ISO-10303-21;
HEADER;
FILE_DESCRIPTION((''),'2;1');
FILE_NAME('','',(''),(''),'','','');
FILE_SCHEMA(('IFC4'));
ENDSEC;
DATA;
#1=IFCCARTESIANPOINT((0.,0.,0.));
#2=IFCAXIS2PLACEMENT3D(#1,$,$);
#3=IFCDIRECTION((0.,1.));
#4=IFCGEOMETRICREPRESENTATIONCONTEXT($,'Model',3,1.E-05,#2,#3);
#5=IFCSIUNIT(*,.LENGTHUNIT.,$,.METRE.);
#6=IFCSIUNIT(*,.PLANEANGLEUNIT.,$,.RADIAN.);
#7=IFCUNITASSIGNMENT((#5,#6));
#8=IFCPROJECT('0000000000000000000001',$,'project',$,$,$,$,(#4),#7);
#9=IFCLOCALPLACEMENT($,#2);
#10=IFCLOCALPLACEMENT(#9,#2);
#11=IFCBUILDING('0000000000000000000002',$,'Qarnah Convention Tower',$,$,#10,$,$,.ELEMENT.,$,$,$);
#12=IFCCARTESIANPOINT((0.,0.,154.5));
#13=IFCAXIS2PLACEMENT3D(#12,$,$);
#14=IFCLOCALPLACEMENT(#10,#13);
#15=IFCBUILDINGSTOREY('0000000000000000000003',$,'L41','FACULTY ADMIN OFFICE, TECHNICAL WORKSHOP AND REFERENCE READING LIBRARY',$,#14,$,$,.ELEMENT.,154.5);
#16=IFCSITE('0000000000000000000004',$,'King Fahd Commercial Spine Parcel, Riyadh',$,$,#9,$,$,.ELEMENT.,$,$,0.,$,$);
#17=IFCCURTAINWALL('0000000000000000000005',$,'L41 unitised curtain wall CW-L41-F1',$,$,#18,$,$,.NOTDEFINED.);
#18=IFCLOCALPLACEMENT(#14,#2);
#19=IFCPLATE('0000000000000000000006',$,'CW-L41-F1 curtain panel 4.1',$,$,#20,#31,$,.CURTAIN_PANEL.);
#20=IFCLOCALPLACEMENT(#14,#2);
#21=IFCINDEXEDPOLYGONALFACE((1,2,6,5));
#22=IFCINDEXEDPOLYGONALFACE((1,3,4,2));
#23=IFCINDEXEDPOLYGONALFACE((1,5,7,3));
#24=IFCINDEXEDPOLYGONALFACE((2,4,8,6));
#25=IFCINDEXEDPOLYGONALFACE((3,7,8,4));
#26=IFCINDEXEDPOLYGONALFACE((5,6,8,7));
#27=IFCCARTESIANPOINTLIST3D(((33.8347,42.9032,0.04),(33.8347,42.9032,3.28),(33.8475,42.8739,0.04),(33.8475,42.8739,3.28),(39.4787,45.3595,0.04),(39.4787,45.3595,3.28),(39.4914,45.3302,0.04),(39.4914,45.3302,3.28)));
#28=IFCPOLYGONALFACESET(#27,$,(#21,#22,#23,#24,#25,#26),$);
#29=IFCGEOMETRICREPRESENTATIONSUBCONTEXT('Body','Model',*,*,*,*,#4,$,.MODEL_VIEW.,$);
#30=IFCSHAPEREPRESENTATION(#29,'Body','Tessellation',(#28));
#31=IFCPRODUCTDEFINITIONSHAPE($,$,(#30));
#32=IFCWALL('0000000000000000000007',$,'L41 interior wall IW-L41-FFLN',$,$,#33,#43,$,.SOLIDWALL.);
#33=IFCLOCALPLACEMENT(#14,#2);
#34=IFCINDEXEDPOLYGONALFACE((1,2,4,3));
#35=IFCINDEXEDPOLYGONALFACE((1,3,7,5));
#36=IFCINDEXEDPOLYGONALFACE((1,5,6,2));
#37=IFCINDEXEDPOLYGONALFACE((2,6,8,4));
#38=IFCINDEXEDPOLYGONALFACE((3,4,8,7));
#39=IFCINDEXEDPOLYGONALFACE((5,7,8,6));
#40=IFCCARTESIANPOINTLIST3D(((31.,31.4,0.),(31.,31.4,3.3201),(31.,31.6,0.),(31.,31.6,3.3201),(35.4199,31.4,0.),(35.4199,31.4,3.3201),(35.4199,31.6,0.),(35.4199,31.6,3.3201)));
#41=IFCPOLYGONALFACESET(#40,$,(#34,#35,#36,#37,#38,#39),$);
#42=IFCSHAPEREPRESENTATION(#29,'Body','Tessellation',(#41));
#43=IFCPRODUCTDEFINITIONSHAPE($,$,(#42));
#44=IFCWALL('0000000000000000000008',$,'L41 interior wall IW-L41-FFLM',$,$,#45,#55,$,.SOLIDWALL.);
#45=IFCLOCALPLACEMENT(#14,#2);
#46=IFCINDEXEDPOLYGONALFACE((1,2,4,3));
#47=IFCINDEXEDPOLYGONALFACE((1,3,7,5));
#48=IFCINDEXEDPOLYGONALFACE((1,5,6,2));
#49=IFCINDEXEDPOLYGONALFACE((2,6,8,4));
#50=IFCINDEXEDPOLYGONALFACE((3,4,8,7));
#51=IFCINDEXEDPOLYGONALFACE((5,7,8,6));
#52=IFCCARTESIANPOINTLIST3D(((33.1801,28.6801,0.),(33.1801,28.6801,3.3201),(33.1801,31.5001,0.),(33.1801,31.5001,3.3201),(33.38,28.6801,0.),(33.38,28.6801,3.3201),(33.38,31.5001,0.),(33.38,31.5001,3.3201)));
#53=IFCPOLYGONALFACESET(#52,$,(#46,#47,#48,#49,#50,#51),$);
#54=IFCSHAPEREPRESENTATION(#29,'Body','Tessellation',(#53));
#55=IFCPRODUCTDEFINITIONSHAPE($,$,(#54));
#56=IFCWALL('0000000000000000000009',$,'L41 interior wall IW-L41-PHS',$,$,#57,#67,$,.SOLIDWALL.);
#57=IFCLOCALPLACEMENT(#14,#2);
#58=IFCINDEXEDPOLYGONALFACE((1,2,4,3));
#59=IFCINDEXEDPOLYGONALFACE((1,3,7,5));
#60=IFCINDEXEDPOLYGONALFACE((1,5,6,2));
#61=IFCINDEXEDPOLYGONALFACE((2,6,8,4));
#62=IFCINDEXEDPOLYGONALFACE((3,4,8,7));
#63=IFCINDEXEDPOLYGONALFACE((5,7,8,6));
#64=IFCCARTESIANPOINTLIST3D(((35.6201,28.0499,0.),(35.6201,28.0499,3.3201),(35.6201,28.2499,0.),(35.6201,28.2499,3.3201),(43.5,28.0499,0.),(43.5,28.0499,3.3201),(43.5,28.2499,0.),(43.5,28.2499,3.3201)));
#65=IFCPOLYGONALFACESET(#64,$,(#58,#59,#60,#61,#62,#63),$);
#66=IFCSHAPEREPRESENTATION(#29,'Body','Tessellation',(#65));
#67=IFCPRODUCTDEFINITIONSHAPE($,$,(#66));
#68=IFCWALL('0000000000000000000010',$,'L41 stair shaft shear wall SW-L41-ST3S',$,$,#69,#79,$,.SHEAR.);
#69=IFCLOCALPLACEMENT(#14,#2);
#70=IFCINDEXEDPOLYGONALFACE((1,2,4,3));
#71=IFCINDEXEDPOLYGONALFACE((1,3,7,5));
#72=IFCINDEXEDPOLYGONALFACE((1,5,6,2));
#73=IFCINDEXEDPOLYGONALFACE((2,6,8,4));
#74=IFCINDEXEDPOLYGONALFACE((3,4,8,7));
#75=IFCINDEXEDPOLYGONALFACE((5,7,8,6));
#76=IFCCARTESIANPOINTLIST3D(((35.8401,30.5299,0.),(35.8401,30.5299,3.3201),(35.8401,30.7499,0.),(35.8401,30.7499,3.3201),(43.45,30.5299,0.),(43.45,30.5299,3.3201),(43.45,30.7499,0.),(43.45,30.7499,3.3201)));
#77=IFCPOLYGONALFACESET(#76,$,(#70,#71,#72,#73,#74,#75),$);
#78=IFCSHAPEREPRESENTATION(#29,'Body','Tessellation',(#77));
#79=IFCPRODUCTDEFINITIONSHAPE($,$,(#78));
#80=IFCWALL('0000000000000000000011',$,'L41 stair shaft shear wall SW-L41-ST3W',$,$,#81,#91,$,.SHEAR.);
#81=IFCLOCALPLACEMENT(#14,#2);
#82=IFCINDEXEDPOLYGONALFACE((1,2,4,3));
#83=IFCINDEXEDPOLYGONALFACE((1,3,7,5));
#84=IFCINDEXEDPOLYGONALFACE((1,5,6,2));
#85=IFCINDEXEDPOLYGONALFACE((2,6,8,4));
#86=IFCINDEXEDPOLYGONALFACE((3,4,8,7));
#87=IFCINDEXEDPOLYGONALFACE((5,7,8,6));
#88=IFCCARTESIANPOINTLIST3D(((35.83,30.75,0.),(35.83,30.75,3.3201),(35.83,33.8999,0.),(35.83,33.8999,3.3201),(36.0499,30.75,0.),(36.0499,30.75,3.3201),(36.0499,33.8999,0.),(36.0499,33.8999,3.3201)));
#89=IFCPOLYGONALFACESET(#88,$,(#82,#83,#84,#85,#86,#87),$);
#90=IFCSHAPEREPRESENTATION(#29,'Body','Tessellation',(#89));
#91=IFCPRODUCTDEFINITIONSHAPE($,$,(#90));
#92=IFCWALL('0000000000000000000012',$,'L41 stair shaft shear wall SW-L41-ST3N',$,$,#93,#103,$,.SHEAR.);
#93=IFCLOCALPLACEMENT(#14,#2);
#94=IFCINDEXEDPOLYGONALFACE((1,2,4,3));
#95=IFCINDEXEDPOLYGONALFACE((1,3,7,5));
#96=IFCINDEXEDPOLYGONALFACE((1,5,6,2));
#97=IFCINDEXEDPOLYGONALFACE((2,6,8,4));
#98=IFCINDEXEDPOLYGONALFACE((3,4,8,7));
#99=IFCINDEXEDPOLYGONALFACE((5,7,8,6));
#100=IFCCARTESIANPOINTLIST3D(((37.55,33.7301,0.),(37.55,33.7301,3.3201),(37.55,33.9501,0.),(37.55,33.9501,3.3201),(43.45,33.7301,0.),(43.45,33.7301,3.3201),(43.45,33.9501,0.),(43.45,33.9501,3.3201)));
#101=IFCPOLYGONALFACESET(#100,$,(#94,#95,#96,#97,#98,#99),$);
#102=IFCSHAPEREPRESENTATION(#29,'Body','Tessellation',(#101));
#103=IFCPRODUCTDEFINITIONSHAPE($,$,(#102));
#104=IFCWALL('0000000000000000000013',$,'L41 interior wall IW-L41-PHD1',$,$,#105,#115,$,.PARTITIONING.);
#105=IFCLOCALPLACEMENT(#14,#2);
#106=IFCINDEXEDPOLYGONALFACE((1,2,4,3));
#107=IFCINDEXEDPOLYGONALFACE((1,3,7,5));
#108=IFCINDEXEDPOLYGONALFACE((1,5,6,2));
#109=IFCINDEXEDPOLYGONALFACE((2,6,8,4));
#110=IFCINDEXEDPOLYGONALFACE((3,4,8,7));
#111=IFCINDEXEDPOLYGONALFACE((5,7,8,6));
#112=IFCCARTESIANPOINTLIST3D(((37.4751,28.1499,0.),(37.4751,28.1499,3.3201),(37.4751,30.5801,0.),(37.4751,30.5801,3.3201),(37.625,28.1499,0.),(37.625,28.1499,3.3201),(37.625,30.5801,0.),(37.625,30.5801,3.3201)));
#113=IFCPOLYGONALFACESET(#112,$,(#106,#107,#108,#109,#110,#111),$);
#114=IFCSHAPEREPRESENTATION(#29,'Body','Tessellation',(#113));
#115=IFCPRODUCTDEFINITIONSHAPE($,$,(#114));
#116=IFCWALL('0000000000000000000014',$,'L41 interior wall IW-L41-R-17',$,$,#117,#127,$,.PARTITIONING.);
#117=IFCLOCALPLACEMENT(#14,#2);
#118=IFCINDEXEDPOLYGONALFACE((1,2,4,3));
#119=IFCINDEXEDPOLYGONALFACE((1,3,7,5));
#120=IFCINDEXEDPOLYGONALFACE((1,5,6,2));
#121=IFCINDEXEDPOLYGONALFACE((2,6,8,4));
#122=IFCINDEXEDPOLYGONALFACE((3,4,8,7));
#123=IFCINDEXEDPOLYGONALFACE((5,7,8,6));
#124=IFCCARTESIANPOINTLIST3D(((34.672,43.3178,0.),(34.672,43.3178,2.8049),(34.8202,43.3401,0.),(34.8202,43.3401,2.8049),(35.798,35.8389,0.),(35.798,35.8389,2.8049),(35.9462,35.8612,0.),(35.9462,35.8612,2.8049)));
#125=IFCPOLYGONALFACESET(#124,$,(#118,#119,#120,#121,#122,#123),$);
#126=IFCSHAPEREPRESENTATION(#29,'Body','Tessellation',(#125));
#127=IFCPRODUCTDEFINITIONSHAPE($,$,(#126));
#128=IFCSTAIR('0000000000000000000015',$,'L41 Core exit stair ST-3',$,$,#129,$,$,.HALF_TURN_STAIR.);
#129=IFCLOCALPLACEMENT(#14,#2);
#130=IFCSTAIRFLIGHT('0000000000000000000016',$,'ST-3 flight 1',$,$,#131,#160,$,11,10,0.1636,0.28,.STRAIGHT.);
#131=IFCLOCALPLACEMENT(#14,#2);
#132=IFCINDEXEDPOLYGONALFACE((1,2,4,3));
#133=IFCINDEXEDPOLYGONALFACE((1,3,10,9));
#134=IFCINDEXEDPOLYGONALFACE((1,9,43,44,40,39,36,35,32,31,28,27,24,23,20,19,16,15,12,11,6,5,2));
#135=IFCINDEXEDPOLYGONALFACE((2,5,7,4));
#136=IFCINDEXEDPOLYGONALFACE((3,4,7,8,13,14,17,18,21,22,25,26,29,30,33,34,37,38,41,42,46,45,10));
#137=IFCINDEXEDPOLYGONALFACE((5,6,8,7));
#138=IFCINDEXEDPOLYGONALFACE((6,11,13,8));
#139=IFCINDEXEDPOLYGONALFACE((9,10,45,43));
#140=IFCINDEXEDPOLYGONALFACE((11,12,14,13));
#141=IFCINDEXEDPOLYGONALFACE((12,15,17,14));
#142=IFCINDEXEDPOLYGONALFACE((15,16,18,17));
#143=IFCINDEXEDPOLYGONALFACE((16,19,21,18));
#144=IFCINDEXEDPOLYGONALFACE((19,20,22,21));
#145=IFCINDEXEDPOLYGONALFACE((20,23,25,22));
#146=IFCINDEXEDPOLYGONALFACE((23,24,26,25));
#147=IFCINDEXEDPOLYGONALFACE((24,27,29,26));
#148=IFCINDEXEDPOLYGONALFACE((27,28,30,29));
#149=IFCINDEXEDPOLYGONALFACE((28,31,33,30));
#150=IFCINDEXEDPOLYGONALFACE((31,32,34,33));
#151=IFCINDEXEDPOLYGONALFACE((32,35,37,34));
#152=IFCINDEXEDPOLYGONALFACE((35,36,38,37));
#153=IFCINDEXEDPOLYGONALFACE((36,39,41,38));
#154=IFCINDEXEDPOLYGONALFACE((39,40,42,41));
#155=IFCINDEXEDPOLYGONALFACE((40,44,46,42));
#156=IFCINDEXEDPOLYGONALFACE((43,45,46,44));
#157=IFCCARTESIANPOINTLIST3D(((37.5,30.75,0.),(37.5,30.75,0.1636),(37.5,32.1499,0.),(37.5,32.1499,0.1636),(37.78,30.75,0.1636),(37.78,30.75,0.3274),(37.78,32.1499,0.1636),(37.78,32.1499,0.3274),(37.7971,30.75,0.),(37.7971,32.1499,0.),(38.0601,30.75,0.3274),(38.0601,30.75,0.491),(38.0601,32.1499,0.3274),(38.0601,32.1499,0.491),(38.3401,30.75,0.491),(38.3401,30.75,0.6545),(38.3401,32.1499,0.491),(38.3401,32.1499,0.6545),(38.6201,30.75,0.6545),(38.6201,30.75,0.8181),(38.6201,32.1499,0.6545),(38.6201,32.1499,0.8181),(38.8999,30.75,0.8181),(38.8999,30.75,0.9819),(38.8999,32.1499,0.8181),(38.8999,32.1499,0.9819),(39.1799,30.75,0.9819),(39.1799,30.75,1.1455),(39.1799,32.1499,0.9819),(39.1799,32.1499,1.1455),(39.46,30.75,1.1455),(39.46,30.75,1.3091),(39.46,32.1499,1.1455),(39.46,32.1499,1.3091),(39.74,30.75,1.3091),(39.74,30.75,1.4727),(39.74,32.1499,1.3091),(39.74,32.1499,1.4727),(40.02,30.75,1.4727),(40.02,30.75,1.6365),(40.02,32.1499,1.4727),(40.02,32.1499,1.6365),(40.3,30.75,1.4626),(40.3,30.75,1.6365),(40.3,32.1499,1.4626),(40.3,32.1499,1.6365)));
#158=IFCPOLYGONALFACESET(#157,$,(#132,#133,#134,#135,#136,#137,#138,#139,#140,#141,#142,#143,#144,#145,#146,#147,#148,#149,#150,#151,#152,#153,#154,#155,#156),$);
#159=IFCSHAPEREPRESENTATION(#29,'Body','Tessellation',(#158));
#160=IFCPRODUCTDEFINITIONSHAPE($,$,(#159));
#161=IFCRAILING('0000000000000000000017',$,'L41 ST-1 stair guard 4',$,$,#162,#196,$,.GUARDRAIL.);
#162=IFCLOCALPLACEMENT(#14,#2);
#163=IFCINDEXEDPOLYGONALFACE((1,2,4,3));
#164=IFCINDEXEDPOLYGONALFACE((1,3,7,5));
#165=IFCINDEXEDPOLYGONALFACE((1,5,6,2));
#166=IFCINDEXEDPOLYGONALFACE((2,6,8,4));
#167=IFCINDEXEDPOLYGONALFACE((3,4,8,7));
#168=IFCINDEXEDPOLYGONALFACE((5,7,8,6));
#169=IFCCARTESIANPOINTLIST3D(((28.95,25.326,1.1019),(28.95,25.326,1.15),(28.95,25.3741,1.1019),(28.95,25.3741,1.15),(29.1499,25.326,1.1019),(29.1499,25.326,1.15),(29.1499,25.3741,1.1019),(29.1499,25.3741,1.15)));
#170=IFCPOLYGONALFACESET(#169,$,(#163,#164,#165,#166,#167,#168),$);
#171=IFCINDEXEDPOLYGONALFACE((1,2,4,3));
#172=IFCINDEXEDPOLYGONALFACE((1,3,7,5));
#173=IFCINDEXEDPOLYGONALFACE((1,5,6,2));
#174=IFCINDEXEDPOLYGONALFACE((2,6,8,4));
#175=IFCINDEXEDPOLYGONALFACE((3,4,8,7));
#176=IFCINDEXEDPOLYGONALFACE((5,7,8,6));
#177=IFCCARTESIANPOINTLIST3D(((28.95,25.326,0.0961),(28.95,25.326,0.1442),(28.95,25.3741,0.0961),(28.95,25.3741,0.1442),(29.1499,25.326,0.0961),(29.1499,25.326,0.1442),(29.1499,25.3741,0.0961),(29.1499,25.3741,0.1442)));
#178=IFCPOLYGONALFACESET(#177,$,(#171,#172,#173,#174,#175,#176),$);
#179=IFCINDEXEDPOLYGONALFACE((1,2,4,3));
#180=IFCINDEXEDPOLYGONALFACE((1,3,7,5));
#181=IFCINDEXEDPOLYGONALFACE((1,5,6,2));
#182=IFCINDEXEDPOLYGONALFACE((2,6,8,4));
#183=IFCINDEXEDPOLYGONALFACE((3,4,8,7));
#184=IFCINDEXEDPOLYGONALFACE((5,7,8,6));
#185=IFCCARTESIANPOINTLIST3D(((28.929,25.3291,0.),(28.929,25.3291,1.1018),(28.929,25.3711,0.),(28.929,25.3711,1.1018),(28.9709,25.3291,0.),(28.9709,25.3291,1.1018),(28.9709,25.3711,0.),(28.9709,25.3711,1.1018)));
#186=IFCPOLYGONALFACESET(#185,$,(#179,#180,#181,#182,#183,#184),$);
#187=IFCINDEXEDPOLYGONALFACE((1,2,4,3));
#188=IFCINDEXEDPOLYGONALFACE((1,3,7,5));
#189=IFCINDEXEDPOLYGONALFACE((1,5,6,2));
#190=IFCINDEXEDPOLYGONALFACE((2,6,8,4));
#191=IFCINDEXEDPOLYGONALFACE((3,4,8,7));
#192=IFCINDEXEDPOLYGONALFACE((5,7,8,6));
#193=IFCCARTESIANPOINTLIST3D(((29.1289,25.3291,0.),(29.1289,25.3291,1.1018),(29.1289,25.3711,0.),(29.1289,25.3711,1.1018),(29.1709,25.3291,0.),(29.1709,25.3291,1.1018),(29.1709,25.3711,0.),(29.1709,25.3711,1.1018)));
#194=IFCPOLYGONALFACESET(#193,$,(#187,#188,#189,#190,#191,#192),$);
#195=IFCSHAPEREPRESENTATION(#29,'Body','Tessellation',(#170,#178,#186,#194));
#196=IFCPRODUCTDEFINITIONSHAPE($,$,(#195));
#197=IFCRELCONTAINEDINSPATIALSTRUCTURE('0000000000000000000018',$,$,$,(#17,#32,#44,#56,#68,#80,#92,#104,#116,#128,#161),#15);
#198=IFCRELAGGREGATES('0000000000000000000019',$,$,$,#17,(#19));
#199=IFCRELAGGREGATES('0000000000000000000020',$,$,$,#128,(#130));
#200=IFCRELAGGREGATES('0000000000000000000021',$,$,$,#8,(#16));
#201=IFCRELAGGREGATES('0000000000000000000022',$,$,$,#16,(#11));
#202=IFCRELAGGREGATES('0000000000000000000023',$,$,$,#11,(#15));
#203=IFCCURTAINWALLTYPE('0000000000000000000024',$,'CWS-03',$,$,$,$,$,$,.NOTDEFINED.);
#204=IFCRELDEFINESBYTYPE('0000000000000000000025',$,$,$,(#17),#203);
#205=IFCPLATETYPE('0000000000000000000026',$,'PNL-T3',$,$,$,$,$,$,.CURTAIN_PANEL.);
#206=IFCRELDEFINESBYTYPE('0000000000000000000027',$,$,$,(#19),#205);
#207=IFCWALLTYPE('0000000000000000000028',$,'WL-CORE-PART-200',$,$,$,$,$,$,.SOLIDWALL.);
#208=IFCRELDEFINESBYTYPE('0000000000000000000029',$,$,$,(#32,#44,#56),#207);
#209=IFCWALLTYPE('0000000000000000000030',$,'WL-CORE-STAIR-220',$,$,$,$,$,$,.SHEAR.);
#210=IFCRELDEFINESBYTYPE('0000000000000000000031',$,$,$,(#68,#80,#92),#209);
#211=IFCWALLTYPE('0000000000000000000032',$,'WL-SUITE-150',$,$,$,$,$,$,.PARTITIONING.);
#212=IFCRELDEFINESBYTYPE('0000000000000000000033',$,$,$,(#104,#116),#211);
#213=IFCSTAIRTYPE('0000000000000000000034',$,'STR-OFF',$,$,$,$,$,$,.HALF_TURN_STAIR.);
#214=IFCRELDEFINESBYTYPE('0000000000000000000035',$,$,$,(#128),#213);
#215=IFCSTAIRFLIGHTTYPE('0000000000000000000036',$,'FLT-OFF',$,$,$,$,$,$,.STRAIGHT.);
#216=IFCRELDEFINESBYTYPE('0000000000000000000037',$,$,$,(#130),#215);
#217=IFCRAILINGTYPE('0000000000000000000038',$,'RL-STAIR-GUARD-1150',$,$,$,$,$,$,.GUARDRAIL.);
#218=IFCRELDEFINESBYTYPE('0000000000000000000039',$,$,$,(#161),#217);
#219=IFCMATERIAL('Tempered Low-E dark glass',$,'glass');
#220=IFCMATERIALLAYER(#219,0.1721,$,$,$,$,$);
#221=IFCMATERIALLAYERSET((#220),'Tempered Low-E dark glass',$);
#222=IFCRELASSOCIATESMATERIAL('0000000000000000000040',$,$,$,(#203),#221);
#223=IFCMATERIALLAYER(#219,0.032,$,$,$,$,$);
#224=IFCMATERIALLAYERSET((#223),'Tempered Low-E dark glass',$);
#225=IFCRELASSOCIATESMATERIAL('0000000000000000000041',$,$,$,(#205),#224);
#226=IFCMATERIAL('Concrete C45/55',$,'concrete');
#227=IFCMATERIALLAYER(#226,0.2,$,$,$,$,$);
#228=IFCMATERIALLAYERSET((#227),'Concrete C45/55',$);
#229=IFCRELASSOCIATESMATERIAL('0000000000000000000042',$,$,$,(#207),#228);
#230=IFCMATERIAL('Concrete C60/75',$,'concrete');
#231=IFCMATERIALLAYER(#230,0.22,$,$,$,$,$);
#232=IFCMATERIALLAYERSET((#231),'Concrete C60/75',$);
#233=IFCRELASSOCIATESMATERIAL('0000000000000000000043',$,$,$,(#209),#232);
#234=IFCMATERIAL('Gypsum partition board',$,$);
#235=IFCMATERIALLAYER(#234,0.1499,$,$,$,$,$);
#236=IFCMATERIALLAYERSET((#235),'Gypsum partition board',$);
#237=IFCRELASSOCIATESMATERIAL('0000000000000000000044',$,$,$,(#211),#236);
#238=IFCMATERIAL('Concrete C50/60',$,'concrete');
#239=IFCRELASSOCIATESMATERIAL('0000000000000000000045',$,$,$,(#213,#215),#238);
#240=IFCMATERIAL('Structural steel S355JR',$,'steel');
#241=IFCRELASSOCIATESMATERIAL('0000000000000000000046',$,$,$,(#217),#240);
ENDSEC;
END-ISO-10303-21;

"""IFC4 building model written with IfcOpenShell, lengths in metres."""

from ifc_helpers import new_model, si_unit, direction, frame, frame_2d, origin, origin_2d, place, context, subcontext, project, spatial, polyline, rectangle, outline, extrude, material, layer, layer_set, type_object, element, aggregate, save


model = new_model("IFC4")

# Units and contexts
model_context = context("Model", 3, precision=1e-05, world=origin(), true_north=direction((0.0, 1.0)))
body_context = subcontext(model_context, "Body", "Model", "MODEL_VIEW")
ifc_project = project(units=[si_unit("LENGTHUNIT", "METRE"), si_unit("PLANEANGLEUNIT", "RADIAN")], contexts=[model_context])

# Site, building, storey
site_placement = place(None, origin())
site = spatial("IfcSite", under=ifc_project, at=site_placement, Name="King Fahd Commercial Spine Parcel, Riyadh", CompositionType="ELEMENT", RefElevation=0.0)
building_placement = place(site_placement, origin())
building = spatial("IfcBuilding", under=site, at=building_placement, Name="Qarnah Convention Tower", CompositionType="ELEMENT")
storey_placement = place(building_placement, frame((0.0, 0.0, 154.5)))
storey = spatial("IfcBuildingStorey", under=building, at=storey_placement, Name="L41", Description="FACULTY ADMIN OFFICE, TECHNICAL WORKSHOP AND REFERENCE READING LIBRARY", CompositionType="ELEMENT", Elevation=154.5)

# Shared definitions
ifc_material_1 = material(Name="Concrete C60/75", Category="concrete")

# Shared definitions
ifc_material_2 = material(Name="Structural steel S355JR", Category="steel")

# Curtain wall, plate
ifc_material_3 = material(Name="Tempered Low-E dark glass", Category="glass")
ifc_layer_1 = layer(ifc_material_3, 0.1721)
ifc_layer_set_1 = layer_set([ifc_layer_1], Name="Tempered Low-E dark glass")
curtain_wall_type = type_object("IfcCurtainWallType", Name="CWS-03", PredefinedType="NOTDEFINED", material=ifc_layer_set_1)
curtain_wall_placement = place(storey_placement, origin())
curtain_wall = element("IfcCurtainWall", 1, at=curtain_wall_placement, inside=storey, type_object=curtain_wall_type, Name="L41 unitised curtain wall CW-L41-F1", PredefinedType="NOTDEFINED")
ifc_layer_2 = layer(ifc_material_3, 0.032)
ifc_layer_set_2 = layer_set([ifc_layer_2], Name="Tempered Low-E dark glass")
plate_type = type_object("IfcPlateType", Name="PNL-T3", PredefinedType="CURTAIN_PANEL", material=ifc_layer_set_2)
plate_1_placement = place(storey_placement, frame((36.6631, 44.1167, 0.04), z_axis=(0.0, 0.0, 1.0), x_axis=(0.916926, 0.399058, 0.0)))
plate_1 = element("IfcPlate", 2, at=plate_1_placement, type_object=plate_type, Name="CW-L41-F1 curtain panel 4.1", PredefinedType="CURTAIN_PANEL", context=body_context, shape_type="SweptSolid", body=[
    extrude(rectangle(XDim=6.1553, YDim=0.032, at=origin_2d()), origin(), (0.0, 0.0, 1.0), 3.24),
])
aggregate(curtain_wall, [plate_1])

# Shared definitions
ifc_material_4 = material(Name="Concrete C45/55", Category="concrete")
ifc_layer_3 = layer(ifc_material_4, 0.2)
ifc_layer_set_3 = layer_set([ifc_layer_3], Name="Concrete C45/55")
wall_type_1 = type_object("IfcWallType", Name="WL-CORE-PART-200", PredefinedType="SOLIDWALL", material=ifc_layer_set_3)

# Walls
wall_1_placement = place(storey_placement, frame((31.0, 31.5, 0.0), z_axis=(0.0, 0.0, 1.0), x_axis=(1.0, 0.0, 0.0)))
element("IfcWall", 3, at=wall_1_placement, inside=storey, type_object=wall_type_1, Name="L41 interior wall IW-L41-FFLN", PredefinedType="SOLIDWALL", context=body_context, shape_type="SweptSolid", body=[
    extrude(rectangle(XDim=4.4199, YDim=0.2, at=frame_2d((2.21, 0.0))), origin(), (0.0, 0.0, 1.0), 3.3201),
])
wall_2_placement = place(storey_placement, frame((33.28, 28.6799, 0.0), z_axis=(0.0, 0.0, 1.0), x_axis=(0.0, 1.0, 0.0)))
element("IfcWall", 4, at=wall_2_placement, inside=storey, type_object=wall_type_1, Name="L41 interior wall IW-L41-FFLM", PredefinedType="SOLIDWALL", context=body_context, shape_type="SweptSolid", body=[
    extrude(rectangle(XDim=2.8201, YDim=0.2, at=frame_2d((1.4102, 0.0))), origin(), (0.0, 0.0, 1.0), 3.3201),
])
wall_3_placement = place(storey_placement, frame((35.6201, 28.1499, 0.0), z_axis=(0.0, 0.0, 1.0), x_axis=(1.0, 0.0, 0.0)))
element("IfcWall", 5, at=wall_3_placement, inside=storey, type_object=wall_type_1, Name="L41 interior wall IW-L41-PHS", PredefinedType="SOLIDWALL", context=body_context, shape_type="SweptSolid", body=[
    extrude(rectangle(XDim=7.8799, YDim=0.2, at=frame_2d((3.9399, 0.0))), origin(), (0.0, 0.0, 1.0), 3.3201),
])

# Walls
ifc_layer_4 = layer(ifc_material_1, 0.22)
ifc_layer_set_4 = layer_set([ifc_layer_4], Name="Concrete C60/75")
wall_type_2 = type_object("IfcWallType", Name="WL-CORE-STAIR-220", PredefinedType="SHEAR", material=ifc_layer_set_4)
wall_4_placement = place(storey_placement, frame((35.8401, 30.6399, 0.0), z_axis=(0.0, 0.0, 1.0), x_axis=(1.0, 0.0, 0.0)))
element("IfcWall", 6, at=wall_4_placement, inside=storey, type_object=wall_type_2, Name="L41 stair shaft shear wall SW-L41-ST3S", PredefinedType="SHEAR", context=body_context, shape_type="SweptSolid", body=[
    extrude(rectangle(XDim=7.6099, YDim=0.22, at=frame_2d((3.8049, 0.0))), origin(), (0.0, 0.0, 1.0), 3.3201),
])
wall_5_placement = place(storey_placement, frame((35.9399, 30.75, 0.0), z_axis=(0.0, 0.0, 1.0), x_axis=(0.0, 1.0, 0.0)))
element("IfcWall", 7, at=wall_5_placement, inside=storey, type_object=wall_type_2, Name="L41 stair shaft shear wall SW-L41-ST3W", PredefinedType="SHEAR", context=body_context, shape_type="SweptSolid", body=[
    extrude(rectangle(XDim=3.1499, YDim=0.22, at=frame_2d((1.575, 0.0))), origin(), (0.0, 0.0, 1.0), 3.3201),
])
wall_6_placement = place(storey_placement, frame((37.55, 33.8401, 0.0), z_axis=(0.0, 0.0, 1.0), x_axis=(1.0, 0.0, 0.0)))
element("IfcWall", 8, at=wall_6_placement, inside=storey, type_object=wall_type_2, Name="L41 stair shaft shear wall SW-L41-ST3N", PredefinedType="SHEAR", context=body_context, shape_type="SweptSolid", body=[
    extrude(rectangle(XDim=5.8999, YDim=0.22, at=frame_2d((2.95, 0.0))), origin(), (0.0, 0.0, 1.0), 3.3201),
])
ifc_material_5 = material(Name="Gypsum partition board")
ifc_layer_5 = layer(ifc_material_5, 0.1499)
ifc_layer_set_5 = layer_set([ifc_layer_5], Name="Gypsum partition board")
wall_type_3 = type_object("IfcWallType", Name="WL-SUITE-150", PredefinedType="PARTITIONING", material=ifc_layer_set_5)
wall_7_placement = place(storey_placement, frame((37.55, 28.1499, 0.0), z_axis=(0.0, 0.0, 1.0), x_axis=(0.0, 1.0, 0.0)))
element("IfcWall", 9, at=wall_7_placement, inside=storey, type_object=wall_type_3, Name="L41 interior wall IW-L41-PHD1", PredefinedType="PARTITIONING", context=body_context, shape_type="SweptSolid", body=[
    extrude(rectangle(XDim=2.4302, YDim=0.1499, at=frame_2d((1.2151, 0.0))), origin(), (0.0, 0.0, 1.0), 3.3201),
])
wall_8_placement = place(storey_placement, frame((34.7461, 43.3291, 0.0), z_axis=(0.0, 0.0, 1.0), x_axis=(0.148874, -0.988856, 0.0)))
element("IfcWall", 10, at=wall_8_placement, inside=storey, type_object=wall_type_3, Name="L41 interior wall IW-L41-R-17", PredefinedType="PARTITIONING", context=body_context, shape_type="SweptSolid", body=[
    extrude(rectangle(XDim=7.5632, YDim=0.1499, at=frame_2d((3.7817, 0.0))), origin(), (0.0, 0.0, 1.0), 2.8049),
])

# Stair, stair flight
ifc_material_6 = material(Name="Concrete C50/60", Category="concrete")
stair_type = type_object("IfcStairType", Name="STR-OFF", PredefinedType="HALF_TURN_STAIR", material=ifc_material_6)
stair_placement = place(storey_placement, origin())
stair = element("IfcStair", 11, at=stair_placement, inside=storey, type_object=stair_type, Name="L41 Core exit stair ST-3", PredefinedType="HALF_TURN_STAIR")
stair_flight_type = type_object("IfcStairFlightType", Name="FLT-OFF", PredefinedType="STRAIGHT", material=ifc_material_6)
stair_flight_placement = place(storey_placement, frame((37.5, 31.45, 0.0), z_axis=(0.0, 0.0, 1.0), x_axis=(1.0, 0.0, 0.0)))
stair_flight = element("IfcStairFlight", 12, at=stair_flight_placement, type_object=stair_flight_type, Name="ST-3 flight 1", NumberOfRisers=11, NumberOfTreads=10, PredefinedType="STRAIGHT", RiserHeight=0.1636, TreadLength=0.28, context=body_context, shape_type="SweptSolid", body=[
    extrude(outline(polyline([(0.0, 0.0), (0.0, 0.1636), (0.28, 0.1636), (0.28, 0.3274), (0.5601, 0.3274), (0.5601, 0.491), (0.8401, 0.491), (0.8401, 0.6545), (1.1201, 0.6545), (1.1201, 0.8181), (1.3999, 0.8181), (1.3999, 0.9819), (1.6799, 0.9819), (1.6799, 1.1455), (1.96, 1.1455), (1.96, 1.3091), (2.24, 1.3091), (2.24, 1.4727), (2.52, 1.4727), (2.52, 1.6365), (2.8, 1.6365), (2.8, 1.8), (2.8, 1.4626), (0.2971, 0.0), (0.0, 0.0)])), frame((0.0, 0.7, 0.0), z_axis=(0.0, -1.0, 0.0), x_axis=(1.0, 0.0, 0.0)), (0.0, 0.0, 1.0), 1.3999),
])
aggregate(stair, [stair_flight])

# Railing
railing_type_1 = type_object("IfcRailingType", Name="RL-STAIR-GUARD-1150", PredefinedType="GUARDRAIL", material=ifc_material_2)
railing_1_placement = place(storey_placement, frame((28.95, 25.3501, 0.0)))
element("IfcRailing", 13, at=railing_1_placement, inside=storey, type_object=railing_type_1, Name="L41 ST-1 stair guard 4", PredefinedType="GUARDRAIL", context=body_context, shape_type="SweptSolid", body=[
    extrude(rectangle(XDim=0.0481, YDim=0.0481, at=origin_2d()), frame((0.0, 0.0, 1.126), z_axis=(1.0, 0.0, 0.0), x_axis=(0.0, 1.0, 0.0)), (0.0, 0.0, 1.0), 0.2),
    extrude(rectangle(XDim=0.0481, YDim=0.0481, at=origin_2d()), frame((0.0, 0.0, 0.1201), z_axis=(1.0, 0.0, 0.0), x_axis=(0.0, 1.0, 0.0)), (0.0, 0.0, 1.0), 0.2),
    extrude(rectangle(XDim=0.042, YDim=0.042, at=origin_2d()), origin(), (0.0, 0.0, 1.0), 1.1018),
    extrude(rectangle(XDim=0.042, YDim=0.042, at=origin_2d()), frame((0.2, 0.0, 0.0)), (0.0, 0.0, 1.0), 1.1018),
])

save(model, "model.ifc")
